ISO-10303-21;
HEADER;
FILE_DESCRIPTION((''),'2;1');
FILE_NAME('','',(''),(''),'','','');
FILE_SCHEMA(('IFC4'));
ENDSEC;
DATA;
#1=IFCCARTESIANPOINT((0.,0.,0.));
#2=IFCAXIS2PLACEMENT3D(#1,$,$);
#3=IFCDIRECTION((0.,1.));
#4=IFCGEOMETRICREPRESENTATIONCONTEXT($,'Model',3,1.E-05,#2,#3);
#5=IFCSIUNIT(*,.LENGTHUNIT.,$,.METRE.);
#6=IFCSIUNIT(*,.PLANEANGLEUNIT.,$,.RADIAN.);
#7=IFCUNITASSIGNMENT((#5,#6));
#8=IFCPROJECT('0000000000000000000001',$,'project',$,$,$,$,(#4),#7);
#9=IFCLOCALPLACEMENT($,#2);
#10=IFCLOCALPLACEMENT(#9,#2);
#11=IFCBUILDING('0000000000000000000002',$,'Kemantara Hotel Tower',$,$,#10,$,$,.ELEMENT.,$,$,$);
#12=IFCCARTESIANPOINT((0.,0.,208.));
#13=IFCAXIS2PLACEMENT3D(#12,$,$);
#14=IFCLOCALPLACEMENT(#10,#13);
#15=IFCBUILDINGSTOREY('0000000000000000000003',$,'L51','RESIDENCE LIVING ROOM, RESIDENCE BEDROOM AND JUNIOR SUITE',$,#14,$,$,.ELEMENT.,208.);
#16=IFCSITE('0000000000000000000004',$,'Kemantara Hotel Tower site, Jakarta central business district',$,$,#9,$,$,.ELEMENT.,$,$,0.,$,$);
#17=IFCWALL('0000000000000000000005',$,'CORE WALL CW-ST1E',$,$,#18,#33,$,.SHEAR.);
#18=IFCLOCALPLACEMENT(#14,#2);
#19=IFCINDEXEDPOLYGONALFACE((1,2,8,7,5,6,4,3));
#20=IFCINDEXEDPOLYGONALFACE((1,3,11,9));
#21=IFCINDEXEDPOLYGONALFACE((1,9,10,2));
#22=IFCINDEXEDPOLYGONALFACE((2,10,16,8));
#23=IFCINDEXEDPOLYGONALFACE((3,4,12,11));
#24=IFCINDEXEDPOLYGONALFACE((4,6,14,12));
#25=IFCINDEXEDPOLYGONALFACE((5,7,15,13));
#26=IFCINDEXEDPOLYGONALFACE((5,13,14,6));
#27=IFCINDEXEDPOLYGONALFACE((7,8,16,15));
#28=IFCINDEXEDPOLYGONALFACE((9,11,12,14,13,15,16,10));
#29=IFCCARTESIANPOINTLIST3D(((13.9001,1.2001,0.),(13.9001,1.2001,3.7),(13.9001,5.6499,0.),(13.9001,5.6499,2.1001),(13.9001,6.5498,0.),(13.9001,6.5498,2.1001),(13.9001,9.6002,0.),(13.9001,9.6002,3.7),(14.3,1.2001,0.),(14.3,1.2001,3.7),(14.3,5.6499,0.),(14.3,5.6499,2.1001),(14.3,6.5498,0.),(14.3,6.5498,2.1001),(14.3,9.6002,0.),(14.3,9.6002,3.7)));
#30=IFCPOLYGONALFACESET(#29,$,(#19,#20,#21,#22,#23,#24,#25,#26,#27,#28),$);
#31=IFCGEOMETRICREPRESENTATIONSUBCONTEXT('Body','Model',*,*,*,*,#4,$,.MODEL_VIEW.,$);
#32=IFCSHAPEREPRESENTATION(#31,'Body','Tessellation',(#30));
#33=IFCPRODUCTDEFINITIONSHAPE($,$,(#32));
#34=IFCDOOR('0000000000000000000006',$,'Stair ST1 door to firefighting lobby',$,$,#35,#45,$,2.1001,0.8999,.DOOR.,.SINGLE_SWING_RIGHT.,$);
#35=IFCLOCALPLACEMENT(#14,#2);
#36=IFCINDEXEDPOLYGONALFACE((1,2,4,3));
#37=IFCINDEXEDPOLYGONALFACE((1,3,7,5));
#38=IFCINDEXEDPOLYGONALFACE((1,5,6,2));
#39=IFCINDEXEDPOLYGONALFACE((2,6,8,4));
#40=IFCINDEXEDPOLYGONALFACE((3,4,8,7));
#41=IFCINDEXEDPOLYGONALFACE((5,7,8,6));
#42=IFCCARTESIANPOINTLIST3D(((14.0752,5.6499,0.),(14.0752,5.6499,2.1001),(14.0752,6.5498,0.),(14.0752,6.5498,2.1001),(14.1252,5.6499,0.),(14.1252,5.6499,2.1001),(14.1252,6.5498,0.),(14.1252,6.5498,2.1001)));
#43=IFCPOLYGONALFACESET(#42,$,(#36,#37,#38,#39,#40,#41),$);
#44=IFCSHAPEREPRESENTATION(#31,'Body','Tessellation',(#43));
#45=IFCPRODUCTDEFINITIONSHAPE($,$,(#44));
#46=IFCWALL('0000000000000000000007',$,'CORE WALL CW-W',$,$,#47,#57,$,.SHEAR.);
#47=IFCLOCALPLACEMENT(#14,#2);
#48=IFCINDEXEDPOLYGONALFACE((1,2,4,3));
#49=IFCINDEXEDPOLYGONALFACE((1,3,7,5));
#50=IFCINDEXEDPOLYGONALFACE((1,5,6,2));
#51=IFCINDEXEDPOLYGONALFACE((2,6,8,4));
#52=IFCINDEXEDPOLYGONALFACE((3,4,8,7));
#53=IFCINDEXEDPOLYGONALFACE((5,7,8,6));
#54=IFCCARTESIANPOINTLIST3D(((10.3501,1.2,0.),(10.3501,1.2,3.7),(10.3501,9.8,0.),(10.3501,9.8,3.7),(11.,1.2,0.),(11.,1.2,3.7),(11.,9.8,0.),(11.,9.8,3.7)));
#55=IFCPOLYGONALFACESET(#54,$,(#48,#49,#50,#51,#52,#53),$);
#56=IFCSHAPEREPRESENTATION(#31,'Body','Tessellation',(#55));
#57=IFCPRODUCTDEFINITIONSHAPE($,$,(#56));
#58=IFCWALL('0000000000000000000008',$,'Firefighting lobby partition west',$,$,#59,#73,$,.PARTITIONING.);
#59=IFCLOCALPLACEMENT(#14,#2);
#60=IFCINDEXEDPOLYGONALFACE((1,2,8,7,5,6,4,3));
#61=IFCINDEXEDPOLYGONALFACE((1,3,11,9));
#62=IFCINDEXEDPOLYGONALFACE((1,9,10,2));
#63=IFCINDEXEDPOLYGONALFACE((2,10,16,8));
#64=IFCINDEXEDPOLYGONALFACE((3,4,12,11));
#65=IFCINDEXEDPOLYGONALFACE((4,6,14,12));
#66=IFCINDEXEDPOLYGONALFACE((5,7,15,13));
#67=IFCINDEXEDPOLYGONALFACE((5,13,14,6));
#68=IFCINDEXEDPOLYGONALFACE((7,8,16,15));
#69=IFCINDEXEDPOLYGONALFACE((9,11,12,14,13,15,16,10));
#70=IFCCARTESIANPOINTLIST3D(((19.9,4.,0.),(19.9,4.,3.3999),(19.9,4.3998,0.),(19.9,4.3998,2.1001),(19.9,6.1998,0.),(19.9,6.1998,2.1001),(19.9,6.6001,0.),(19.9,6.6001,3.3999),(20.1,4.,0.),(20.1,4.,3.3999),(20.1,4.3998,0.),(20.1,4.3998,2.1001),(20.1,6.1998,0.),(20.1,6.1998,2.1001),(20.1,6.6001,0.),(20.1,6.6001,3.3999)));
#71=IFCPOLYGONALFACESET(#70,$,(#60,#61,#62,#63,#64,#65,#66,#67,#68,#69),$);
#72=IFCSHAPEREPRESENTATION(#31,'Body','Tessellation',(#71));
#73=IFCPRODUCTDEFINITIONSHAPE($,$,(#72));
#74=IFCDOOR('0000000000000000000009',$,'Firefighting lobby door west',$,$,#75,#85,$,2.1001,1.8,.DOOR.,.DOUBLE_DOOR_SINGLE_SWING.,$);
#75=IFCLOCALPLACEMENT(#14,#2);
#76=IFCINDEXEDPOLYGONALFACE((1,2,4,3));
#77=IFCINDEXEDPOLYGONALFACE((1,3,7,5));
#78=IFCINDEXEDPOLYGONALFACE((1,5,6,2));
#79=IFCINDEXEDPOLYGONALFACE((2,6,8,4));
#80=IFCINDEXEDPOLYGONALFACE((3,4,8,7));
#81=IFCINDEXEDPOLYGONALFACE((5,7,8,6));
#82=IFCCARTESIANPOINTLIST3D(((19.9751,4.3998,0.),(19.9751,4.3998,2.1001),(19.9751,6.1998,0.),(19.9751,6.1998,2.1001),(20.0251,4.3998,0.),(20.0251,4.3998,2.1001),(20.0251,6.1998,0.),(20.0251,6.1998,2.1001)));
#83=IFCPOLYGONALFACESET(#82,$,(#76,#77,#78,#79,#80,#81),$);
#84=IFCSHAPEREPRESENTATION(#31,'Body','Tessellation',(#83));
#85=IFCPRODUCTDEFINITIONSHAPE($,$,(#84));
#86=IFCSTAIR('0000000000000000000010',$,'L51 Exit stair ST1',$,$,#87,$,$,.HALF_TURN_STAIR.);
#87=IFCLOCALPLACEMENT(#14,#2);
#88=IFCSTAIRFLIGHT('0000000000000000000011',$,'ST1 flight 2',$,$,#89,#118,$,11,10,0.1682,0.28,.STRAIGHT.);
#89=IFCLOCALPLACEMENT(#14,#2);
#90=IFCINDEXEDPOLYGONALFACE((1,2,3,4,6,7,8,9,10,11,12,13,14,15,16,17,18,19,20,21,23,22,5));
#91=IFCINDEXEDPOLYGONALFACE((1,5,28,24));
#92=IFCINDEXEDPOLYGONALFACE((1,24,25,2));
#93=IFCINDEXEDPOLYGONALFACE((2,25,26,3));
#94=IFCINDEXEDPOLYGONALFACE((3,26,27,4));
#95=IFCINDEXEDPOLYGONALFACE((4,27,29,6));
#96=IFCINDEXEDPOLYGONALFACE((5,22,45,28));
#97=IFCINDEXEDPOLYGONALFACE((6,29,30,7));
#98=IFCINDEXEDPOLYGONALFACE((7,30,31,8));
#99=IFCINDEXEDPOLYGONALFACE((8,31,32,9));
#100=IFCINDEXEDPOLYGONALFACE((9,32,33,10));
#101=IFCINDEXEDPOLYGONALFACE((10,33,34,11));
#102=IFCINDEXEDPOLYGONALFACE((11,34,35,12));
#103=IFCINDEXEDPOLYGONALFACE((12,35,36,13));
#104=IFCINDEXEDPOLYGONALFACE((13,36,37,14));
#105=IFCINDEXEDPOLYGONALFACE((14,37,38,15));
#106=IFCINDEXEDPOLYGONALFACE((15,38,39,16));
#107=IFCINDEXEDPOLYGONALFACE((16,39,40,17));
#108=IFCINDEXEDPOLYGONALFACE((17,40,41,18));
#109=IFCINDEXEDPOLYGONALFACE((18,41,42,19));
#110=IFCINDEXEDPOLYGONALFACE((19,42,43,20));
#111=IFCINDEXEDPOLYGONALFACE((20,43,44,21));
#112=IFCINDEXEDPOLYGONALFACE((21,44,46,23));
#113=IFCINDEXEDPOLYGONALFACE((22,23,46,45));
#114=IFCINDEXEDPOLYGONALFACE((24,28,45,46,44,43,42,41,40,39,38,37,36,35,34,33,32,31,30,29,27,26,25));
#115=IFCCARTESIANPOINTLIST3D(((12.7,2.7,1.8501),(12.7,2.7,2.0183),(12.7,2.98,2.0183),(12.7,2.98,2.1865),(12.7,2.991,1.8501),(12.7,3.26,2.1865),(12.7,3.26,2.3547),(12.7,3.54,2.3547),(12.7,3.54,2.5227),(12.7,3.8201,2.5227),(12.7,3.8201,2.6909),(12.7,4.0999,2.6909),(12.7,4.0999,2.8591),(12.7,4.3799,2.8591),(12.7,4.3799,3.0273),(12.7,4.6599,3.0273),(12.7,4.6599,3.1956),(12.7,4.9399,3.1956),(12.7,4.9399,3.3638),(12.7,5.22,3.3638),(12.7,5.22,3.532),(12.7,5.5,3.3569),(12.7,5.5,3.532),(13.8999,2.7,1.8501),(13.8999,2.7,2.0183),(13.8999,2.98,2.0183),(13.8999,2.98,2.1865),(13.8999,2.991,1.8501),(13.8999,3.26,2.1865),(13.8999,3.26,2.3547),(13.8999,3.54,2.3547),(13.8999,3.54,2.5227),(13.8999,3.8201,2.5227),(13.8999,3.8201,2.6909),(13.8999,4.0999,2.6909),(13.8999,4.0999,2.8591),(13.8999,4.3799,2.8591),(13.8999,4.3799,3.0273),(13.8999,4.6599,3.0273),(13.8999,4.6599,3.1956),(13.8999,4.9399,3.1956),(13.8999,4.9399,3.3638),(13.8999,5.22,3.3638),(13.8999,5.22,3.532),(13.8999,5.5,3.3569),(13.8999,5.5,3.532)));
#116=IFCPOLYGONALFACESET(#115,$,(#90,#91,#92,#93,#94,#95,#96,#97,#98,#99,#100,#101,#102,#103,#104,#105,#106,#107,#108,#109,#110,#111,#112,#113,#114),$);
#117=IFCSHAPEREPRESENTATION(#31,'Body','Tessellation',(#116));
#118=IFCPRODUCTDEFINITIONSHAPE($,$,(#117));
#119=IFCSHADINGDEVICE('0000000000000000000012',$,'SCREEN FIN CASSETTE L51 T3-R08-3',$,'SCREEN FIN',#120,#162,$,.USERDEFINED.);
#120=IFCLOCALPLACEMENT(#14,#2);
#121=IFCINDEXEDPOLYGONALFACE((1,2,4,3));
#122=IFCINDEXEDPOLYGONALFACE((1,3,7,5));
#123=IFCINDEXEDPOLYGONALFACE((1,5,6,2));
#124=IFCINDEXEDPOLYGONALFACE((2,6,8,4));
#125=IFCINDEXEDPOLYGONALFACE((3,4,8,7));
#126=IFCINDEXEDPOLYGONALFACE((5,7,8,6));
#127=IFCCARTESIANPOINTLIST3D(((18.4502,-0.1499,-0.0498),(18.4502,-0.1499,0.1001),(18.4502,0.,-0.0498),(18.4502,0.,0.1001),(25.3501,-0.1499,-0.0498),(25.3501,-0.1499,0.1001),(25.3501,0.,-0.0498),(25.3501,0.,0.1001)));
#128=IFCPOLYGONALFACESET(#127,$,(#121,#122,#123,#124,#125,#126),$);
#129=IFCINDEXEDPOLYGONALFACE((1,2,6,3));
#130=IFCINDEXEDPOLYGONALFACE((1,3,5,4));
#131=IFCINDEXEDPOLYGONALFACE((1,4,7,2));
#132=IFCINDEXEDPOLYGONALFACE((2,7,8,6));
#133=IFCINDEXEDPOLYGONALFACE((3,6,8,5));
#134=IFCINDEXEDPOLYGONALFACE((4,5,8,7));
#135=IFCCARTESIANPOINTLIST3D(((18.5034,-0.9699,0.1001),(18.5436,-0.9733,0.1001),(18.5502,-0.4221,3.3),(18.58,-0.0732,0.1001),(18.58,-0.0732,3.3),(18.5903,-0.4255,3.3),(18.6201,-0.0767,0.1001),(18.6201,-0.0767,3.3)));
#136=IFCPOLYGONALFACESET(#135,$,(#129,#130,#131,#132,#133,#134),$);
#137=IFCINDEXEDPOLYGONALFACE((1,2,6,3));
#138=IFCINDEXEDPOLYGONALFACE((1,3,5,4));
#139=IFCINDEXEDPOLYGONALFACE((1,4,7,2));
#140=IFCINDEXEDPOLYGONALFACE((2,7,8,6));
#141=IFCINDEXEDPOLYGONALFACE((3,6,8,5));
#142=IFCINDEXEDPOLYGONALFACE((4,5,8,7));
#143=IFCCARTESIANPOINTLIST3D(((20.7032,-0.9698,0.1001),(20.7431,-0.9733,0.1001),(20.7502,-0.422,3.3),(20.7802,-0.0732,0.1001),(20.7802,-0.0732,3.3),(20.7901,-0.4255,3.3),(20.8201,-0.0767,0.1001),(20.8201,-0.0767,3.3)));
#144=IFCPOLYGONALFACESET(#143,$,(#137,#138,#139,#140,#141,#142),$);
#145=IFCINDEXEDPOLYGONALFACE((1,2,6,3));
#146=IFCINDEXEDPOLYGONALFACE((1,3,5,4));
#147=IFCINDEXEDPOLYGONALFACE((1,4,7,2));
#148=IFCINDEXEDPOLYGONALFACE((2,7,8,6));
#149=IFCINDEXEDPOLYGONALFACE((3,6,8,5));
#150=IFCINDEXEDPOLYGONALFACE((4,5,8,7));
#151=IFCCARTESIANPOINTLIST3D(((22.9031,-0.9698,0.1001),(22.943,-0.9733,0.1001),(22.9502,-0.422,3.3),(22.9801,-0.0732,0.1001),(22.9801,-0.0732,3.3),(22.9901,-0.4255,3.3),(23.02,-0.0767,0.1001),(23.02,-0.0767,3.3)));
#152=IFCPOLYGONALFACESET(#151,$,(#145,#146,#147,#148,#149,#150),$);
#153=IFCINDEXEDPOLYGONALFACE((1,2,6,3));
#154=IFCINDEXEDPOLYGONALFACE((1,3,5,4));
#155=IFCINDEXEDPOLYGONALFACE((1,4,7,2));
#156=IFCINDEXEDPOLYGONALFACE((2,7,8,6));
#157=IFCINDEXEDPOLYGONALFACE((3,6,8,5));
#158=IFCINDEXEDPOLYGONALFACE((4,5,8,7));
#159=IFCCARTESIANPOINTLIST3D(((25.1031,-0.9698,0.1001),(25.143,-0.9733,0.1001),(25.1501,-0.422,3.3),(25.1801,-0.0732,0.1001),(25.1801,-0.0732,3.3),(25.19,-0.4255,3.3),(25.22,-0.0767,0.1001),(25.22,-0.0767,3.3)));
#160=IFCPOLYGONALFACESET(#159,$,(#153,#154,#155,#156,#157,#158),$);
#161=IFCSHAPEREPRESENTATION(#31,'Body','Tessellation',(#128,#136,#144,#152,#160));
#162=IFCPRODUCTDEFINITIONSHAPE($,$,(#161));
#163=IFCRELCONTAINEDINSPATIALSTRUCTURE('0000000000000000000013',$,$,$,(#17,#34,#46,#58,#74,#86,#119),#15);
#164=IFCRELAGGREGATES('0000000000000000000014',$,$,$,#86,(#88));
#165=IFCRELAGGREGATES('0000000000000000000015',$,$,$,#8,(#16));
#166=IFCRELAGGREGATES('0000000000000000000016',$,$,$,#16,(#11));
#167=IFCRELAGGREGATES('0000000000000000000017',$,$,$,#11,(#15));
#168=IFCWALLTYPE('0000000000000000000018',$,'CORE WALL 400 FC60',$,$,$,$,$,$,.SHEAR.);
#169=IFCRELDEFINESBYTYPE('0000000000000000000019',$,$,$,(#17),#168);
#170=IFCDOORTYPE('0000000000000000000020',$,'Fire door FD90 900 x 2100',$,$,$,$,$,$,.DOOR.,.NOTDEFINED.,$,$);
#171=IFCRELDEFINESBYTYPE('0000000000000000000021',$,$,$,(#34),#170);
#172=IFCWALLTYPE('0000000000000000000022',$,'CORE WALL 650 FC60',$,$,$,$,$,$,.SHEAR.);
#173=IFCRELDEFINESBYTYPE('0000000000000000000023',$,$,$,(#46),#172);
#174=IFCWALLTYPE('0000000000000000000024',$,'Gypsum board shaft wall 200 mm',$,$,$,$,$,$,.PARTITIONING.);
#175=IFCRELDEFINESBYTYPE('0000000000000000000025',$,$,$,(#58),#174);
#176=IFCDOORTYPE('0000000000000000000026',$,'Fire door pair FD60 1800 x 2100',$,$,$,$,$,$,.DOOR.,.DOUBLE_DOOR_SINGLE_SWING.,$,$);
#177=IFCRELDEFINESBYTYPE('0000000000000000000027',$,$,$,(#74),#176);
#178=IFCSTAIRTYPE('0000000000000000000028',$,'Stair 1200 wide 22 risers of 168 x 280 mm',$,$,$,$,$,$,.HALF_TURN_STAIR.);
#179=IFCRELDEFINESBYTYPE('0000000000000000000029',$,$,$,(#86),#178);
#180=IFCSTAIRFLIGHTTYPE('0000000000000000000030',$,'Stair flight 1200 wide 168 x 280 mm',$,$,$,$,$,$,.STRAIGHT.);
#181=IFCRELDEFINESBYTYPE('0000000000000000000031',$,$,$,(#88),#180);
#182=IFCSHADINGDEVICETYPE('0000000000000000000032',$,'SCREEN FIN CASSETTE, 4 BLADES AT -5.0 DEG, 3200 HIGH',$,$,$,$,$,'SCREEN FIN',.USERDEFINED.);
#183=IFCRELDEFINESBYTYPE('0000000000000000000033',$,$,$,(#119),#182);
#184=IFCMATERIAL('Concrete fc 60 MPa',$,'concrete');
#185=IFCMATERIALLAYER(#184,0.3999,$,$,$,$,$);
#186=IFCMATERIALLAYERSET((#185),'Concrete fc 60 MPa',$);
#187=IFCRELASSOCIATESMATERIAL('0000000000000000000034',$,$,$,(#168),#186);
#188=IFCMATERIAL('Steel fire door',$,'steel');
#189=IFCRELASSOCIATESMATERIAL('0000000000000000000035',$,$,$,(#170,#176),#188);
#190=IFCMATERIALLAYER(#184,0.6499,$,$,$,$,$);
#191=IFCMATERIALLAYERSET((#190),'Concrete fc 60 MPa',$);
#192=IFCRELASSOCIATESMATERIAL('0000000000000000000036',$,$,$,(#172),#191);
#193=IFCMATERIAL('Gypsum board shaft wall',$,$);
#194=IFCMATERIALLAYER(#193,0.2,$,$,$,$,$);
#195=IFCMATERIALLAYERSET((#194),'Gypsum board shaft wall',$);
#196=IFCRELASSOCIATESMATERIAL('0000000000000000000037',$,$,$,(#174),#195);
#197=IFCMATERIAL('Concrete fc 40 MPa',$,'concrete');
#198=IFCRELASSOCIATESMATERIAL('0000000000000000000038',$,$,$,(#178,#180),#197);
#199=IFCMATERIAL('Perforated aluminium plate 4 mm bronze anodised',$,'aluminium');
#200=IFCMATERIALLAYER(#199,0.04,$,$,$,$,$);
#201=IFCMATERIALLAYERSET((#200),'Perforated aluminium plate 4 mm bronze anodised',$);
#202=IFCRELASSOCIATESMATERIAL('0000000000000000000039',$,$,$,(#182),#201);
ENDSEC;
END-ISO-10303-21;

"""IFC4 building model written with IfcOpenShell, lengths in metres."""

from ifc_helpers import new_model, si_unit, direction, frame, frame_2d, origin, origin_2d, place, context, subcontext, project, spatial, polyline, rectangle, outline, extrude, source, transform, mapped, material, layer, layer_set, type_object, element, fill, aggregate, save


model = new_model("IFC4")

# Units and contexts
model_context = context("Model", 3, precision=1e-05, world=origin(), true_north=direction((0.0, 1.0)))
body_context = subcontext(model_context, "Body", "Model", "MODEL_VIEW")
ifc_project = project(units=[si_unit("LENGTHUNIT", "METRE"), si_unit("PLANEANGLEUNIT", "RADIAN")], contexts=[model_context])

# Site, building, storey
site_placement = place(None, origin())
site = spatial("IfcSite", under=ifc_project, at=site_placement, Name="Kemantara Hotel Tower site, Jakarta central business district", CompositionType="ELEMENT", RefElevation=0.0)
building_placement = place(site_placement, origin())
building = spatial("IfcBuilding", under=site, at=building_placement, Name="Kemantara Hotel Tower", CompositionType="ELEMENT")
storey_placement = place(building_placement, frame((0.0, 0.0, 208.0)))
storey = spatial("IfcBuildingStorey", under=building, at=storey_placement, Name="L51", Description="RESIDENCE LIVING ROOM, RESIDENCE BEDROOM AND JUNIOR SUITE", CompositionType="ELEMENT", Elevation=208.0)

# Shared definitions
ifc_material_1 = material(Name="Concrete fc 60 MPa", Category="concrete")

# Shared definitions
ifc_layer_1 = layer(ifc_material_1, 0.3999)
ifc_layer_set_1 = layer_set([ifc_layer_1], Name="Concrete fc 60 MPa")
wall_type_1 = type_object("IfcWallType", Name="CORE WALL 400 FC60", PredefinedType="SHEAR", material=ifc_layer_set_1)
ifc_material_2 = material(Name="Steel fire door", Category="steel")

# Wall, opening, door
wall_1_placement = place(storey_placement, frame((14.1001, 1.2, 0.0), z_axis=(0.0, 0.0, 1.0), x_axis=(0.0, 1.0, 0.0)))
wall_1 = element("IfcWall", 1, at=wall_1_placement, inside=storey, type_object=wall_type_1, Name="CORE WALL CW-ST1E", PredefinedType="SHEAR", context=body_context, shape_type="SweptSolid", body=[
    extrude(rectangle(XDim=8.4001, YDim=0.3999, at=frame_2d((4.2002, 0.0))), origin(), (0.0, 0.0, 1.0), 3.7),
])
opening_1_placement = place(wall_1_placement, frame((4.45, 0.0, 0.0)))
opening_1 = element("IfcOpeningElement", 2, at=opening_1_placement, cuts=wall_1, PredefinedType="OPENING", context=body_context, shape_type="SweptSolid", body=[
    extrude(rectangle(XDim=0.8999, YDim=2.1001, at=frame_2d((0.45, 1.05))), frame((0.0, 0.21, 0.0), z_axis=(0.0, -1.0, 0.0), x_axis=(1.0, 0.0, 0.0)), (0.0, 0.0, 1.0), 0.4199),
])
door_type_1 = type_object("IfcDoorType", Name="Fire door FD90 900 x 2100", OperationType="NOTDEFINED", PredefinedType="DOOR", material=ifc_material_2)
door_1_placement = place(opening_1_placement, origin())
door_1 = element("IfcDoor", 3, at=door_1_placement, inside=storey, type_object=door_type_1, Name="Stair ST1 door to firefighting lobby", OperationType="SINGLE_SWING_RIGHT", OverallHeight=2.1001, OverallWidth=0.8999, PredefinedType="DOOR", context=body_context, shape_type="SweptSolid", body=[
    extrude(rectangle(XDim=0.8999, YDim=2.1001, at=frame_2d((0.45, 1.05))), frame((0.0, 0.0249, 0.0), z_axis=(0.0, -1.0, 0.0), x_axis=(1.0, 0.0, 0.0)), (0.0, 0.0, 1.0), 0.05),
])
fill(opening_1, door_1)

# Wall
ifc_layer_2 = layer(ifc_material_1, 0.6499)
ifc_layer_set_2 = layer_set([ifc_layer_2], Name="Concrete fc 60 MPa")
wall_type_2 = type_object("IfcWallType", Name="CORE WALL 650 FC60", PredefinedType="SHEAR", material=ifc_layer_set_2)
wall_2_placement = place(storey_placement, frame((10.675, 1.2, 0.0), z_axis=(0.0, 0.0, 1.0), x_axis=(0.0, 1.0, 0.0)))
element("IfcWall", 4, at=wall_2_placement, inside=storey, type_object=wall_type_2, Name="CORE WALL CW-W", PredefinedType="SHEAR", context=body_context, shape_type="SweptSolid", body=[
    extrude(rectangle(XDim=8.6001, YDim=0.6499, at=frame_2d((4.3, 0.0))), origin(), (0.0, 0.0, 1.0), 3.7),
])

# Wall, opening, door
ifc_material_3 = material(Name="Gypsum board shaft wall")
ifc_layer_3 = layer(ifc_material_3, 0.2)
ifc_layer_set_3 = layer_set([ifc_layer_3], Name="Gypsum board shaft wall")
wall_type_3 = type_object("IfcWallType", Name="Gypsum board shaft wall 200 mm", PredefinedType="PARTITIONING", material=ifc_layer_set_3)
wall_3_placement = place(storey_placement, frame((20.0, 4.0, 0.0), z_axis=(0.0, 0.0, 1.0), x_axis=(0.0, 1.0, 0.0)))
wall_3 = element("IfcWall", 5, at=wall_3_placement, inside=storey, type_object=wall_type_3, Name="Firefighting lobby partition west", PredefinedType="PARTITIONING", context=body_context, shape_type="SweptSolid", body=[
    extrude(rectangle(XDim=2.6001, YDim=0.2, at=frame_2d((1.3, 0.0))), origin(), (0.0, 0.0, 1.0), 3.3999),
])
opening_2_placement = place(wall_3_placement, frame((0.3999, 0.0, 0.0)))
opening_2 = element("IfcOpeningElement", 6, at=opening_2_placement, cuts=wall_3, PredefinedType="OPENING", context=body_context, shape_type="SweptSolid", body=[
    extrude(rectangle(XDim=1.8, YDim=2.1001, at=frame_2d((0.8999, 1.05))), frame((0.0, 0.1099, 0.0), z_axis=(0.0, -1.0, 0.0), x_axis=(1.0, 0.0, 0.0)), (0.0, 0.0, 1.0), 0.22),
])
door_type_2 = type_object("IfcDoorType", Name="Fire door pair FD60 1800 x 2100", OperationType="DOUBLE_DOOR_SINGLE_SWING", PredefinedType="DOOR", material=ifc_material_2)
door_2_placement = place(opening_2_placement, origin())
door_2 = element("IfcDoor", 7, at=door_2_placement, inside=storey, type_object=door_type_2, Name="Firefighting lobby door west", OperationType="DOUBLE_DOOR_SINGLE_SWING", OverallHeight=2.1001, OverallWidth=1.8, PredefinedType="DOOR", context=body_context, shape_type="SweptSolid", body=[
    extrude(rectangle(XDim=1.8, YDim=2.1001, at=frame_2d((0.8999, 1.05))), frame((0.0, 0.0249, 0.0), z_axis=(0.0, -1.0, 0.0), x_axis=(1.0, 0.0, 0.0)), (0.0, 0.0, 1.0), 0.05),
])
fill(opening_2, door_2)

# Stair, stair flight
ifc_material_4 = material(Name="Concrete fc 40 MPa", Category="concrete")
stair_type = type_object("IfcStairType", Name="Stair 1200 wide 22 risers of 168 x 280 mm", PredefinedType="HALF_TURN_STAIR", material=ifc_material_4)
stair_placement = place(storey_placement, origin())
stair = element("IfcStair", 8, at=stair_placement, inside=storey, type_object=stair_type, Name="L51 Exit stair ST1", PredefinedType="HALF_TURN_STAIR")
stair_flight_type = type_object("IfcStairFlightType", Name="Stair flight 1200 wide 168 x 280 mm", PredefinedType="STRAIGHT", material=ifc_material_4)
stair_flight_placement = place(storey_placement, frame((13.3, 2.7, 1.8501), z_axis=(0.0, 0.0, 1.0), x_axis=(0.0, 1.0, 0.0)))
stair_flight = element("IfcStairFlight", 9, at=stair_flight_placement, type_object=stair_flight_type, Name="ST1 flight 2", NumberOfRisers=11, NumberOfTreads=10, PredefinedType="STRAIGHT", RiserHeight=0.1682, TreadLength=0.28, context=body_context, shape_type="SweptSolid", body=[
    extrude(outline(polyline([(0.0, 0.0), (0.0, 0.1682), (0.28, 0.1682), (0.28, 0.3364), (0.5601, 0.3364), (0.5601, 0.5046), (0.8401, 0.5046), (0.8401, 0.6726), (1.1201, 0.6726), (1.1201, 0.8408), (1.3999, 0.8408), (1.3999, 1.009), (1.6799, 1.009), (1.6799, 1.1772), (1.96, 1.1772), (1.96, 1.3455), (2.24, 1.3455), (2.24, 1.5137), (2.52, 1.5137), (2.52, 1.6819), (2.8, 1.6819), (2.8, 1.8501), (2.8, 1.5068), (0.291, 0.0), (0.0, 0.0)])), frame((0.0, 0.6001, 0.0), z_axis=(0.0, -1.0, 0.0), x_axis=(1.0, 0.0, 0.0)), (0.0, 0.0, 1.0), 1.2),
])
aggregate(stair, [stair_flight])

# Shading device
ifc_material_5 = material(Name="Perforated aluminium plate 4 mm bronze anodised", Category="aluminium")
ifc_layer_4 = layer(ifc_material_5, 0.04)
ifc_layer_set_4 = layer_set([ifc_layer_4], Name="Perforated aluminium plate 4 mm bronze anodised")
shading_device_type = type_object("IfcShadingDeviceType", Name="SCREEN FIN CASSETTE, 4 BLADES AT -5.0 DEG, 3200 HIGH", ElementType="SCREEN FIN", PredefinedType="USERDEFINED", material=ifc_layer_set_4)
shared_shape = source(origin(), body_context, "Body", "SweptSolid", [
    extrude(rectangle(XDim=6.8999, YDim=0.1499, at=origin_2d()), frame((3.3, -0.075, -0.1499), z_axis=(0.0, 0.0, 1.0), x_axis=(1.0, 0.0, 0.0)), (0.0, 0.0, 1.0), 0.1499),
    extrude(outline(polyline([(0.0, 0.0), (0.8999, 0.0), (0.3501, 3.2), (0.0, 3.2), (0.0, 0.0)])), frame((0.02, -0.0767, 0.0), z_axis=(-0.996376, 0.085056, 0.0), x_axis=(-0.085056, -0.996376, 0.0)), (0.0, 0.0, 1.0), 0.0403),
    extrude(outline(polyline([(0.0, 0.0), (0.8999, 0.0), (0.3501, 3.2), (0.0, 3.2), (0.0, 0.0)])), frame((2.22, -0.0767, 0.0), z_axis=(-0.996332, 0.085575, 0.0), x_axis=(-0.085575, -0.996332, 0.0)), (0.0, 0.0, 1.0), 0.04),
    extrude(outline(polyline([(0.0, 0.0), (0.8999, 0.0), (0.3501, 3.2), (0.0, 3.2), (0.0, 0.0)])), frame((4.4199, -0.0767, 0.0), z_axis=(-0.996332, 0.085575, 0.0), x_axis=(-0.085575, -0.996332, 0.0)), (0.0, 0.0, 1.0), 0.04),
    extrude(outline(polyline([(0.0, 0.0), (0.8999, 0.0), (0.3501, 3.2), (0.0, 3.2), (0.0, 0.0)])), frame((6.6199, -0.0767, 0.0), z_axis=(-0.996332, 0.085575, 0.0), x_axis=(-0.085575, -0.996332, 0.0)), (0.0, 0.0, 1.0), 0.04),
])
shading_device_placement = place(storey_placement, frame((18.6001, 0.0, 0.1001), z_axis=(0.0, 0.0, 1.0), x_axis=(1.0, 0.0, 0.0)))
element("IfcShadingDevice", 10, at=shading_device_placement, inside=storey, type_object=shading_device_type, Name="SCREEN FIN CASSETTE L51 T3-R08-3", ObjectType="SCREEN FIN", PredefinedType="USERDEFINED", context=body_context, shape_type="MappedRepresentation", body=[
    mapped(shared_shape, transform((0.0, 0.0, 0.0))),
])

save(model, "model.ifc")
